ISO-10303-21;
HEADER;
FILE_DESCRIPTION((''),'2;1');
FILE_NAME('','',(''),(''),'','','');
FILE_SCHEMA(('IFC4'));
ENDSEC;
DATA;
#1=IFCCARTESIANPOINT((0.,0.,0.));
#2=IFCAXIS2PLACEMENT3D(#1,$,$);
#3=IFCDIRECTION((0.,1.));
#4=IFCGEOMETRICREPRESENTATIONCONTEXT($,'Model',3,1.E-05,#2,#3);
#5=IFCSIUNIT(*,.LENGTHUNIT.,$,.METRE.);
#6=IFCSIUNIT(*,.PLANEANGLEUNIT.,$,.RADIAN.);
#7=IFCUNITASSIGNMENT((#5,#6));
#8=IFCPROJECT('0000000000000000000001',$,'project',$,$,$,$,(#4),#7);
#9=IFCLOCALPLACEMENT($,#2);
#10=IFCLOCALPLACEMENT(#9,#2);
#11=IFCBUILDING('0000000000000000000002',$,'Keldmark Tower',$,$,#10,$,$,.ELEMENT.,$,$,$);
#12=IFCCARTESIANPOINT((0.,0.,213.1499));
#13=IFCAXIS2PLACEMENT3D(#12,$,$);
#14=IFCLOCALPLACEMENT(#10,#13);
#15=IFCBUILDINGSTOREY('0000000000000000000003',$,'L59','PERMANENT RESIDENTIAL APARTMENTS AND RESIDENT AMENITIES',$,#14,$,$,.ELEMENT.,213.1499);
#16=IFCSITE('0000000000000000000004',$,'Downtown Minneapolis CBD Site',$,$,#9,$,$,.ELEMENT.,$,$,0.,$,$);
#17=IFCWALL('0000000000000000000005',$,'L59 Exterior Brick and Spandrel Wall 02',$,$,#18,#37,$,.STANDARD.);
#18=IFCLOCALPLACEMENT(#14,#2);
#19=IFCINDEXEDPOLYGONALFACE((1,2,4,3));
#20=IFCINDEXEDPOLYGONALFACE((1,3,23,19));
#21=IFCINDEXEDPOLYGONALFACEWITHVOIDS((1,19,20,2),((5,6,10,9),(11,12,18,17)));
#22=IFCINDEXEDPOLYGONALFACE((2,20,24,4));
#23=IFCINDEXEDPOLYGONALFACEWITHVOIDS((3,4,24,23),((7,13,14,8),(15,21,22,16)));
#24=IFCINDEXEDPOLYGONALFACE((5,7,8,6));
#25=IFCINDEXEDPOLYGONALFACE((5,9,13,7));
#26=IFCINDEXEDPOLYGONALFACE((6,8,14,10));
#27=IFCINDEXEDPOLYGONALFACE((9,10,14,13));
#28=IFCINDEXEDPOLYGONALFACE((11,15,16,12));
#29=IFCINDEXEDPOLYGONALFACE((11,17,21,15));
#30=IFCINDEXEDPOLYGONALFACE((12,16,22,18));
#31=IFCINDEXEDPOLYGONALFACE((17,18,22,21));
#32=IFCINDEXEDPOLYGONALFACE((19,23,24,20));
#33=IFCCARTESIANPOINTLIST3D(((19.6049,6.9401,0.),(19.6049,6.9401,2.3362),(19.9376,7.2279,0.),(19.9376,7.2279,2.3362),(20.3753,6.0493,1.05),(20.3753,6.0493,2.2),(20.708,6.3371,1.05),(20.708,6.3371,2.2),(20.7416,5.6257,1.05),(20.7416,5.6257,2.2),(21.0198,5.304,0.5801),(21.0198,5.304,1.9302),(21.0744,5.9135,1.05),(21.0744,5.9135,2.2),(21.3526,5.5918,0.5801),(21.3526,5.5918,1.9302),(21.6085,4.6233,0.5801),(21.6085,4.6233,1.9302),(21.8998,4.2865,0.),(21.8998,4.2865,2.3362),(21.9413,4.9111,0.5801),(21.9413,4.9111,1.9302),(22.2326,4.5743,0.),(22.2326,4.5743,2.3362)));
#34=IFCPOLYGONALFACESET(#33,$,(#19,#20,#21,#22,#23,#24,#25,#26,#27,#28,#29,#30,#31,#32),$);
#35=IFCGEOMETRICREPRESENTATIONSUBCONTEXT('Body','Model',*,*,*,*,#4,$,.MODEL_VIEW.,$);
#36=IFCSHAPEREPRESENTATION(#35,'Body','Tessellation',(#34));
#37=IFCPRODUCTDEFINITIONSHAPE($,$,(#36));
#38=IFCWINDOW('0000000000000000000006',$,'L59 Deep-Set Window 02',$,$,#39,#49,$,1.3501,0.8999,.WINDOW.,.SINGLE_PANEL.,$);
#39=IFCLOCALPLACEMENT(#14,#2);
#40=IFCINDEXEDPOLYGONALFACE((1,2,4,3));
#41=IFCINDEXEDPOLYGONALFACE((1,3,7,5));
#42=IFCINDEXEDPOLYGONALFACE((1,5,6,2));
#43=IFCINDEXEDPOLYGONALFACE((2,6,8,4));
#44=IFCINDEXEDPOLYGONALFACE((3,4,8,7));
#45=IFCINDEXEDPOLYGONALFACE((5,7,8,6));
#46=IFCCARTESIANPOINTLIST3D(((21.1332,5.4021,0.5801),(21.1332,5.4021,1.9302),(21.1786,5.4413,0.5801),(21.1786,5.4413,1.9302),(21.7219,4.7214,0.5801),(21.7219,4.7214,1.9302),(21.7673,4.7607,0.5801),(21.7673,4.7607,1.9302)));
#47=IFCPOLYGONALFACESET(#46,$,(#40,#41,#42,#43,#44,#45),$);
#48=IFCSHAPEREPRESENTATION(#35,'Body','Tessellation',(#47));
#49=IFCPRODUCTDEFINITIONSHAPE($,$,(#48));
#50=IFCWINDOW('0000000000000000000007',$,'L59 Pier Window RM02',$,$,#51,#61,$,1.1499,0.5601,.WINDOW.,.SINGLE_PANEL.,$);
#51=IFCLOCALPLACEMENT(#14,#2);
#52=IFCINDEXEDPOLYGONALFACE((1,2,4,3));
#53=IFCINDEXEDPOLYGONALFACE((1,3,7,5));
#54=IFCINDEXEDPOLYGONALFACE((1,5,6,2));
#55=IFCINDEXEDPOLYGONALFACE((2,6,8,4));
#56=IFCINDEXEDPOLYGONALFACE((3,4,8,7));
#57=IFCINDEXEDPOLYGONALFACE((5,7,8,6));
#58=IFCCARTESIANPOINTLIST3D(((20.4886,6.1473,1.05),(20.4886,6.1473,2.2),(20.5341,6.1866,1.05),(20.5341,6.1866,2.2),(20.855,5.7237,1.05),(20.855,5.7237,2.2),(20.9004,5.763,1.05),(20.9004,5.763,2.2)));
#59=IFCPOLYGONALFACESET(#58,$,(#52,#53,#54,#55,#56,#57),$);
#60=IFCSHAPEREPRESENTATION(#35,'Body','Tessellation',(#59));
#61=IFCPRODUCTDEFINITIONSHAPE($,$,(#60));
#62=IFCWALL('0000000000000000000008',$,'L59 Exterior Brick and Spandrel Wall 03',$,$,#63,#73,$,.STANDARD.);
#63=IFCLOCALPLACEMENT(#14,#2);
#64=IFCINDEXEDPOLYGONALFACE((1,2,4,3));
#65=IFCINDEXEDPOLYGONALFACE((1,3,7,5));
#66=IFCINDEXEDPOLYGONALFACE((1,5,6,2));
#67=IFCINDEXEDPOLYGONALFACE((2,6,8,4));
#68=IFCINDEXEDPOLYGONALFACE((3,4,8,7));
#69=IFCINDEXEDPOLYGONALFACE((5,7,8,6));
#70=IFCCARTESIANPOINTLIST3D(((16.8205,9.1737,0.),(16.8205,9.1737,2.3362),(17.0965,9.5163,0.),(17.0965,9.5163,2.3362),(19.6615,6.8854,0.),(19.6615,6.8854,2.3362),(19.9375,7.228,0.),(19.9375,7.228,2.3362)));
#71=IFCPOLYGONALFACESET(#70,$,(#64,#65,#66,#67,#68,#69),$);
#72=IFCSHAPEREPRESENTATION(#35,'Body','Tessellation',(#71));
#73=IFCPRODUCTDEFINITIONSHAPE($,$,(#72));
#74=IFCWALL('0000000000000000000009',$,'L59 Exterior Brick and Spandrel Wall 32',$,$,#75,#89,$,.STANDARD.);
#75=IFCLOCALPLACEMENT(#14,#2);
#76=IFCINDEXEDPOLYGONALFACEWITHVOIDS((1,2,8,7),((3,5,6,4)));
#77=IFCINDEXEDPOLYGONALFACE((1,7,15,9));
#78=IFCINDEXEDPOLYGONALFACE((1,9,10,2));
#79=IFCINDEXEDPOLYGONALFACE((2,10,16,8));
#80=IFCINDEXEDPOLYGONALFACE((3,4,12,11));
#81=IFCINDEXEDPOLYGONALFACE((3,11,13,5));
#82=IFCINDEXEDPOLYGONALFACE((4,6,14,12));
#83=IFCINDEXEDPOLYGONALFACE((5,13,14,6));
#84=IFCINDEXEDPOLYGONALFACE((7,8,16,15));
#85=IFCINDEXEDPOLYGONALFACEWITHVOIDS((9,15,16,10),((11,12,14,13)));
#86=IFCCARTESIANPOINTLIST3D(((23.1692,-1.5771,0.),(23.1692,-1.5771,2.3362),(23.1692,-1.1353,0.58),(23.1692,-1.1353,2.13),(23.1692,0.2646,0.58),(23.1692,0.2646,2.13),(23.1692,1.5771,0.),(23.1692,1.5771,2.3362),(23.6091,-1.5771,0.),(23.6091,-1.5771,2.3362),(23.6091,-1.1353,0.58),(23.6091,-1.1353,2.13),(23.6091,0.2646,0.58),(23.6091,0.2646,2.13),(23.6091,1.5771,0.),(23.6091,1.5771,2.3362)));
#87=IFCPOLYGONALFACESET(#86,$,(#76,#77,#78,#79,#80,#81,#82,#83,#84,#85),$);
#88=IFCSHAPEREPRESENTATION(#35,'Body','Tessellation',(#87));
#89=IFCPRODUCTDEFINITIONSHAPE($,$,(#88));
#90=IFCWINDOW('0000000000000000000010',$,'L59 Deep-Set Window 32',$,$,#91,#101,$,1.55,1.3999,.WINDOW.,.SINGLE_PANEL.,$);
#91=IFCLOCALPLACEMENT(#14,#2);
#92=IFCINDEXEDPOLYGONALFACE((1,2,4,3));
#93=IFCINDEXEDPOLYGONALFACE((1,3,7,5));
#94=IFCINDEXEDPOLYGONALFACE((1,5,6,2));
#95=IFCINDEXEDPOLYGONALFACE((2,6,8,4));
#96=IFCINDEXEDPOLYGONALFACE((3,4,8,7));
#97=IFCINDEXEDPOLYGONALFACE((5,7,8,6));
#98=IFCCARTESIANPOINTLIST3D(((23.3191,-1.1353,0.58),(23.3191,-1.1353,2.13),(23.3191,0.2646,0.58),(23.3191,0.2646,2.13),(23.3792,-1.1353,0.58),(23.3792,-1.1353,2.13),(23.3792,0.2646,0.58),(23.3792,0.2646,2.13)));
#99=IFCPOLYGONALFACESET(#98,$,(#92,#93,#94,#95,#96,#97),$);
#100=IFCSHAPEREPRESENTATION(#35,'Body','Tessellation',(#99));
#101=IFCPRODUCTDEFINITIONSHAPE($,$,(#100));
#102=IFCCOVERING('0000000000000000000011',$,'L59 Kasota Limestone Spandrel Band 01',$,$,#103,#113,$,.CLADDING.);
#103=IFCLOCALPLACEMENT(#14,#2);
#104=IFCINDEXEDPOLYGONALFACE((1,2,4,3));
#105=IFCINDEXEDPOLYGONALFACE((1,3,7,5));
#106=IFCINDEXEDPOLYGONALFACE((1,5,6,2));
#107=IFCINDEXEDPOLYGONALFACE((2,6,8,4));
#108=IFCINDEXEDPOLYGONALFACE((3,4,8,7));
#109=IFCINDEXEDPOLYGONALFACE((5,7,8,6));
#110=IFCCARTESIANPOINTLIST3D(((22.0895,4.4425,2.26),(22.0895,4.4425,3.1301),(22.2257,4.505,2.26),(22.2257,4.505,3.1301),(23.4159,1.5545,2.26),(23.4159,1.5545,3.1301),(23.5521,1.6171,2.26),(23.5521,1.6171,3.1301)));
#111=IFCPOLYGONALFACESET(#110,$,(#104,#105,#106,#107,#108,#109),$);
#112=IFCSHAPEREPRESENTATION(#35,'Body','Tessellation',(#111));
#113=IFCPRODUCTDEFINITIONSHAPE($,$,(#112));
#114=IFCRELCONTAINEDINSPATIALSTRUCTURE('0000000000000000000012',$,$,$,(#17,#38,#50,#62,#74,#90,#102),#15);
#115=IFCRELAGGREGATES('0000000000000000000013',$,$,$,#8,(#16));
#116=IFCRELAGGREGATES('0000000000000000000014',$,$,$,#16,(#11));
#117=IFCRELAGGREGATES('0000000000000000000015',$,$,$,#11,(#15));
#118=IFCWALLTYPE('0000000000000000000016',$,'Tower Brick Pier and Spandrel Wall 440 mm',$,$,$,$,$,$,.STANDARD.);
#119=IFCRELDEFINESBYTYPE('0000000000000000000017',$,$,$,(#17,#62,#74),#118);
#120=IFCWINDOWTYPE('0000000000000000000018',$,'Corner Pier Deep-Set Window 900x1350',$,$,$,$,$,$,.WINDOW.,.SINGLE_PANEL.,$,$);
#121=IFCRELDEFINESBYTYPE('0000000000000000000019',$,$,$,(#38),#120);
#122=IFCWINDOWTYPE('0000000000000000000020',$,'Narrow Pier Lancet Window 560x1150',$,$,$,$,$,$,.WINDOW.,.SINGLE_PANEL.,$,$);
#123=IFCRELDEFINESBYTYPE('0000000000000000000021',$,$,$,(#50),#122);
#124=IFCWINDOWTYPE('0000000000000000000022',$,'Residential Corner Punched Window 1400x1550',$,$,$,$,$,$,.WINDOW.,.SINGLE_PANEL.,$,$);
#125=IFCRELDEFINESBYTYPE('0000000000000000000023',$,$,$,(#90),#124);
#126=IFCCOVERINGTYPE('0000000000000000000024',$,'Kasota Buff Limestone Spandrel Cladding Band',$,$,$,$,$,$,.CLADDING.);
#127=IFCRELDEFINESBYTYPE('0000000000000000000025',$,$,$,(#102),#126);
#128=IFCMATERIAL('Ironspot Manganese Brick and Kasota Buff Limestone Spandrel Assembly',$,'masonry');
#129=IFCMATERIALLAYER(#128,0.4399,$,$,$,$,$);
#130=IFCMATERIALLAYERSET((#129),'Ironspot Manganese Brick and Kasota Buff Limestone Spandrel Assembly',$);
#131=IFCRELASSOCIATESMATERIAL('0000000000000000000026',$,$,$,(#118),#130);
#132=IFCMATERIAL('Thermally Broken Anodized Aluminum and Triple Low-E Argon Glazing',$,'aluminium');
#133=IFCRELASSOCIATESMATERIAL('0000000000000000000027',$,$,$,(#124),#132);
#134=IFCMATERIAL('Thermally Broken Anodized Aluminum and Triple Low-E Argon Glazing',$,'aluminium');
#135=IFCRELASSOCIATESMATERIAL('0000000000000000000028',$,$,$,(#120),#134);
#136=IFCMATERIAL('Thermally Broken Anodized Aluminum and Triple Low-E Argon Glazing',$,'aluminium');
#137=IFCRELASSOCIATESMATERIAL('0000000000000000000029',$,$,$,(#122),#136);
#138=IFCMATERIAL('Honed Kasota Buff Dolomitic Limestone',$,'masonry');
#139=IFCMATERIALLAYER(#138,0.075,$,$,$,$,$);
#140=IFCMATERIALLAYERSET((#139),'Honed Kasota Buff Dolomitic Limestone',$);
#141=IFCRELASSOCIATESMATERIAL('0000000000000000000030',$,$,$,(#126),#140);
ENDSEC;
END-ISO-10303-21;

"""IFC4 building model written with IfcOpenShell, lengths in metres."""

from ifc_helpers import new_model, si_unit, direction, frame, frame_2d, origin, origin_2d, place, context, subcontext, project, spatial, rectangle, extrude, material, layer, layer_set, type_object, element, fill, save


model = new_model("IFC4")

# Units and contexts
model_context = context("Model", 3, precision=1e-05, world=origin(), true_north=direction((0.0, 1.0)))
body_context = subcontext(model_context, "Body", "Model", "MODEL_VIEW")
ifc_project = project(units=[si_unit("LENGTHUNIT", "METRE"), si_unit("PLANEANGLEUNIT", "RADIAN")], contexts=[model_context])

# Site, building, storey
site_placement = place(None, origin())
site = spatial("IfcSite", under=ifc_project, at=site_placement, Name="Downtown Minneapolis CBD Site", CompositionType="ELEMENT", RefElevation=0.0)
building_placement = place(site_placement, origin())
building = spatial("IfcBuilding", under=site, at=building_placement, Name="Keldmark Tower", CompositionType="ELEMENT")
storey_placement = place(building_placement, frame((0.0, 0.0, 213.1499)))
storey = spatial("IfcBuildingStorey", under=building, at=storey_placement, Name="L59", Description="PERMANENT RESIDENTIAL APARTMENTS AND RESIDENT AMENITIES", CompositionType="ELEMENT", Elevation=213.1499)

# Shared definitions
ifc_material_1 = material(Name="Ironspot Manganese Brick and Kasota Buff Limestone Spandrel Assembly", Category="masonry")
ifc_layer_1 = layer(ifc_material_1, 0.4399)
ifc_layer_set_1 = layer_set([ifc_layer_1], Name="Ironspot Manganese Brick and Kasota Buff Limestone Spandrel Assembly")
wall_type = type_object("IfcWallType", Name="Tower Brick Pier and Spandrel Wall 440 mm", PredefinedType="STANDARD", material=ifc_layer_set_1)
ifc_material_2 = material(Name="Thermally Broken Anodized Aluminum and Triple Low-E Argon Glazing", Category="aluminium")
window_type_1 = type_object("IfcWindowType", Name="Residential Corner Punched Window 1400x1550", PartitioningType="SINGLE_PANEL", PredefinedType="WINDOW", material=ifc_material_2)

# Wall, openings, windows
wall_1_placement = place(storey_placement, frame((19.7712, 7.084, 0.0), z_axis=(0.0, 0.0, 1.0), x_axis=(0.654143, -0.756371, 0.0)))
wall_1 = element("IfcWall", 1, at=wall_1_placement, inside=storey, type_object=wall_type, Name="L59 Exterior Brick and Spandrel Wall 02", PredefinedType="STANDARD", context=body_context, shape_type="SweptSolid", body=[
    extrude(rectangle(XDim=3.5083, YDim=0.4399, at=frame_2d((1.7542, 0.0))), origin(), (0.0, 0.0, 1.0), 2.3362),
])
opening_1_placement = place(wall_1_placement, frame((2.1631, 0.0, 0.5801)))
opening_1 = element("IfcOpeningElement", 2, at=opening_1_placement, cuts=wall_1, PredefinedType="OPENING", context=body_context, shape_type="SweptSolid", body=[
    extrude(rectangle(XDim=0.8999, YDim=1.3501, at=frame_2d((0.45, 0.675))), frame((0.0, 0.23, 0.0), z_axis=(0.0, -1.0, 0.0), x_axis=(1.0, 0.0, 0.0)), (0.0, 0.0, 1.0), 0.46),
])
opening_2_placement = place(wall_1_placement, frame((1.1777, 0.0, 1.05)))
opening_2 = element("IfcOpeningElement", 3, at=opening_2_placement, cuts=wall_1, PredefinedType="OPENING", context=body_context, shape_type="SweptSolid", body=[
    extrude(rectangle(XDim=0.5601, YDim=1.1499, at=frame_2d((0.28, 0.575))), frame((0.0, 0.23, 0.0), z_axis=(0.0, -1.0, 0.0), x_axis=(1.0, 0.0, 0.0)), (0.0, 0.0, 1.0), 0.46),
])
ifc_material_3 = material(Name="Thermally Broken Anodized Aluminum and Triple Low-E Argon Glazing", Category="aluminium")
window_type_2 = type_object("IfcWindowType", Name="Corner Pier Deep-Set Window 900x1350", PartitioningType="SINGLE_PANEL", PredefinedType="WINDOW", material=ifc_material_3)
window_1_placement = place(opening_1_placement, origin())
window_1 = element("IfcWindow", 4, at=window_1_placement, inside=storey, type_object=window_type_2, Name="L59 Deep-Set Window 02", OverallHeight=1.3501, OverallWidth=0.8999, PartitioningType="SINGLE_PANEL", PredefinedType="WINDOW", context=body_context, shape_type="SweptSolid", body=[
    extrude(rectangle(XDim=0.8999, YDim=1.3501, at=frame_2d((0.45, 0.675))), frame((0.0, -0.01, 0.0), z_axis=(0.0, -1.0, 0.0), x_axis=(1.0, 0.0, 0.0)), (0.0, 0.0, 1.0), 0.0601),
])
fill(opening_1, window_1)
ifc_material_4 = material(Name="Thermally Broken Anodized Aluminum and Triple Low-E Argon Glazing", Category="aluminium")
window_type_3 = type_object("IfcWindowType", Name="Narrow Pier Lancet Window 560x1150", PartitioningType="SINGLE_PANEL", PredefinedType="WINDOW", material=ifc_material_4)
window_2_placement = place(opening_2_placement, origin())
window_2 = element("IfcWindow", 5, at=window_2_placement, inside=storey, type_object=window_type_3, Name="L59 Pier Window RM02", OverallHeight=1.1499, OverallWidth=0.5601, PartitioningType="SINGLE_PANEL", PredefinedType="WINDOW", context=body_context, shape_type="SweptSolid", body=[
    extrude(rectangle(XDim=0.5601, YDim=1.1499, at=frame_2d((0.28, 0.575))), frame((0.0, -0.01, 0.0), z_axis=(0.0, -1.0, 0.0), x_axis=(1.0, 0.0, 0.0)), (0.0, 0.0, 1.0), 0.0601),
])
fill(opening_2, window_2)

# Wall
wall_2_placement = place(storey_placement, frame((16.9585, 9.345, 0.0), z_axis=(0.0, 0.0, 1.0), x_axis=(0.778795, -0.627279, 0.0)))
element("IfcWall", 6, at=wall_2_placement, inside=storey, type_object=wall_type, Name="L59 Exterior Brick and Spandrel Wall 03", PredefinedType="STANDARD", context=body_context, shape_type="SweptSolid", body=[
    extrude(rectangle(XDim=3.6479, YDim=0.4399, at=frame_2d((1.824, 0.0))), origin(), (0.0, 0.0, 1.0), 2.3362),
])

# Wall, opening, window
wall_3_placement = place(storey_placement, frame((23.3892, 1.5771, 0.0), z_axis=(0.0, 0.0, 1.0), x_axis=(0.0, -1.0, 0.0)))
wall_3 = element("IfcWall", 7, at=wall_3_placement, inside=storey, type_object=wall_type, Name="L59 Exterior Brick and Spandrel Wall 32", PredefinedType="STANDARD", context=body_context, shape_type="SweptSolid", body=[
    extrude(rectangle(XDim=3.1543, YDim=0.4399, at=frame_2d((1.5771, 0.0))), origin(), (0.0, 0.0, 1.0), 2.3362),
])
opening_3_placement = place(wall_3_placement, frame((1.3125, 0.0, 0.5801)))
opening_3 = element("IfcOpeningElement", 8, at=opening_3_placement, cuts=wall_3, PredefinedType="OPENING", context=body_context, shape_type="SweptSolid", body=[
    extrude(rectangle(XDim=1.3999, YDim=1.55, at=frame_2d((0.7, 0.7749))), frame((0.0, 0.23, 0.0), z_axis=(0.0, -1.0, 0.0), x_axis=(1.0, 0.0, 0.0)), (0.0, 0.0, 1.0), 0.46),
])
window_3_placement = place(opening_3_placement, origin())
window_3 = element("IfcWindow", 9, at=window_3_placement, inside=storey, type_object=window_type_1, Name="L59 Deep-Set Window 32", OverallHeight=1.55, OverallWidth=1.3999, PartitioningType="SINGLE_PANEL", PredefinedType="WINDOW", context=body_context, shape_type="SweptSolid", body=[
    extrude(rectangle(XDim=1.3999, YDim=1.55, at=frame_2d((0.7, 0.7749))), frame((0.0, -0.01, 0.0), z_axis=(0.0, -1.0, 0.0), x_axis=(1.0, 0.0, 0.0)), (0.0, 0.0, 1.0), 0.0601),
])
fill(opening_3, window_3)

# Covering
ifc_material_5 = material(Name="Honed Kasota Buff Dolomitic Limestone", Category="masonry")
ifc_layer_2 = layer(ifc_material_5, 0.075)
ifc_layer_set_2 = layer_set([ifc_layer_2], Name="Honed Kasota Buff Dolomitic Limestone")
covering_type = type_object("IfcCoveringType", Name="Kasota Buff Limestone Spandrel Cladding Band", PredefinedType="CLADDING", material=ifc_layer_set_2)
covering_placement = place(storey_placement, frame((22.8208, 3.0298, 2.26), z_axis=(0.0, 0.0, 1.0), x_axis=(-0.41736, 0.908741, 0.0)))
element("IfcCovering", 10, at=covering_placement, inside=storey, type_object=covering_type, Name="L59 Kasota Limestone Spandrel Band 01", PredefinedType="CLADDING", context=body_context, shape_type="SweptSolid", body=[
    extrude(rectangle(XDim=3.178, YDim=0.1499, at=origin_2d()), origin(), (0.0, 0.0, 1.0), 0.8701),
])

save(model, "model.ifc")
